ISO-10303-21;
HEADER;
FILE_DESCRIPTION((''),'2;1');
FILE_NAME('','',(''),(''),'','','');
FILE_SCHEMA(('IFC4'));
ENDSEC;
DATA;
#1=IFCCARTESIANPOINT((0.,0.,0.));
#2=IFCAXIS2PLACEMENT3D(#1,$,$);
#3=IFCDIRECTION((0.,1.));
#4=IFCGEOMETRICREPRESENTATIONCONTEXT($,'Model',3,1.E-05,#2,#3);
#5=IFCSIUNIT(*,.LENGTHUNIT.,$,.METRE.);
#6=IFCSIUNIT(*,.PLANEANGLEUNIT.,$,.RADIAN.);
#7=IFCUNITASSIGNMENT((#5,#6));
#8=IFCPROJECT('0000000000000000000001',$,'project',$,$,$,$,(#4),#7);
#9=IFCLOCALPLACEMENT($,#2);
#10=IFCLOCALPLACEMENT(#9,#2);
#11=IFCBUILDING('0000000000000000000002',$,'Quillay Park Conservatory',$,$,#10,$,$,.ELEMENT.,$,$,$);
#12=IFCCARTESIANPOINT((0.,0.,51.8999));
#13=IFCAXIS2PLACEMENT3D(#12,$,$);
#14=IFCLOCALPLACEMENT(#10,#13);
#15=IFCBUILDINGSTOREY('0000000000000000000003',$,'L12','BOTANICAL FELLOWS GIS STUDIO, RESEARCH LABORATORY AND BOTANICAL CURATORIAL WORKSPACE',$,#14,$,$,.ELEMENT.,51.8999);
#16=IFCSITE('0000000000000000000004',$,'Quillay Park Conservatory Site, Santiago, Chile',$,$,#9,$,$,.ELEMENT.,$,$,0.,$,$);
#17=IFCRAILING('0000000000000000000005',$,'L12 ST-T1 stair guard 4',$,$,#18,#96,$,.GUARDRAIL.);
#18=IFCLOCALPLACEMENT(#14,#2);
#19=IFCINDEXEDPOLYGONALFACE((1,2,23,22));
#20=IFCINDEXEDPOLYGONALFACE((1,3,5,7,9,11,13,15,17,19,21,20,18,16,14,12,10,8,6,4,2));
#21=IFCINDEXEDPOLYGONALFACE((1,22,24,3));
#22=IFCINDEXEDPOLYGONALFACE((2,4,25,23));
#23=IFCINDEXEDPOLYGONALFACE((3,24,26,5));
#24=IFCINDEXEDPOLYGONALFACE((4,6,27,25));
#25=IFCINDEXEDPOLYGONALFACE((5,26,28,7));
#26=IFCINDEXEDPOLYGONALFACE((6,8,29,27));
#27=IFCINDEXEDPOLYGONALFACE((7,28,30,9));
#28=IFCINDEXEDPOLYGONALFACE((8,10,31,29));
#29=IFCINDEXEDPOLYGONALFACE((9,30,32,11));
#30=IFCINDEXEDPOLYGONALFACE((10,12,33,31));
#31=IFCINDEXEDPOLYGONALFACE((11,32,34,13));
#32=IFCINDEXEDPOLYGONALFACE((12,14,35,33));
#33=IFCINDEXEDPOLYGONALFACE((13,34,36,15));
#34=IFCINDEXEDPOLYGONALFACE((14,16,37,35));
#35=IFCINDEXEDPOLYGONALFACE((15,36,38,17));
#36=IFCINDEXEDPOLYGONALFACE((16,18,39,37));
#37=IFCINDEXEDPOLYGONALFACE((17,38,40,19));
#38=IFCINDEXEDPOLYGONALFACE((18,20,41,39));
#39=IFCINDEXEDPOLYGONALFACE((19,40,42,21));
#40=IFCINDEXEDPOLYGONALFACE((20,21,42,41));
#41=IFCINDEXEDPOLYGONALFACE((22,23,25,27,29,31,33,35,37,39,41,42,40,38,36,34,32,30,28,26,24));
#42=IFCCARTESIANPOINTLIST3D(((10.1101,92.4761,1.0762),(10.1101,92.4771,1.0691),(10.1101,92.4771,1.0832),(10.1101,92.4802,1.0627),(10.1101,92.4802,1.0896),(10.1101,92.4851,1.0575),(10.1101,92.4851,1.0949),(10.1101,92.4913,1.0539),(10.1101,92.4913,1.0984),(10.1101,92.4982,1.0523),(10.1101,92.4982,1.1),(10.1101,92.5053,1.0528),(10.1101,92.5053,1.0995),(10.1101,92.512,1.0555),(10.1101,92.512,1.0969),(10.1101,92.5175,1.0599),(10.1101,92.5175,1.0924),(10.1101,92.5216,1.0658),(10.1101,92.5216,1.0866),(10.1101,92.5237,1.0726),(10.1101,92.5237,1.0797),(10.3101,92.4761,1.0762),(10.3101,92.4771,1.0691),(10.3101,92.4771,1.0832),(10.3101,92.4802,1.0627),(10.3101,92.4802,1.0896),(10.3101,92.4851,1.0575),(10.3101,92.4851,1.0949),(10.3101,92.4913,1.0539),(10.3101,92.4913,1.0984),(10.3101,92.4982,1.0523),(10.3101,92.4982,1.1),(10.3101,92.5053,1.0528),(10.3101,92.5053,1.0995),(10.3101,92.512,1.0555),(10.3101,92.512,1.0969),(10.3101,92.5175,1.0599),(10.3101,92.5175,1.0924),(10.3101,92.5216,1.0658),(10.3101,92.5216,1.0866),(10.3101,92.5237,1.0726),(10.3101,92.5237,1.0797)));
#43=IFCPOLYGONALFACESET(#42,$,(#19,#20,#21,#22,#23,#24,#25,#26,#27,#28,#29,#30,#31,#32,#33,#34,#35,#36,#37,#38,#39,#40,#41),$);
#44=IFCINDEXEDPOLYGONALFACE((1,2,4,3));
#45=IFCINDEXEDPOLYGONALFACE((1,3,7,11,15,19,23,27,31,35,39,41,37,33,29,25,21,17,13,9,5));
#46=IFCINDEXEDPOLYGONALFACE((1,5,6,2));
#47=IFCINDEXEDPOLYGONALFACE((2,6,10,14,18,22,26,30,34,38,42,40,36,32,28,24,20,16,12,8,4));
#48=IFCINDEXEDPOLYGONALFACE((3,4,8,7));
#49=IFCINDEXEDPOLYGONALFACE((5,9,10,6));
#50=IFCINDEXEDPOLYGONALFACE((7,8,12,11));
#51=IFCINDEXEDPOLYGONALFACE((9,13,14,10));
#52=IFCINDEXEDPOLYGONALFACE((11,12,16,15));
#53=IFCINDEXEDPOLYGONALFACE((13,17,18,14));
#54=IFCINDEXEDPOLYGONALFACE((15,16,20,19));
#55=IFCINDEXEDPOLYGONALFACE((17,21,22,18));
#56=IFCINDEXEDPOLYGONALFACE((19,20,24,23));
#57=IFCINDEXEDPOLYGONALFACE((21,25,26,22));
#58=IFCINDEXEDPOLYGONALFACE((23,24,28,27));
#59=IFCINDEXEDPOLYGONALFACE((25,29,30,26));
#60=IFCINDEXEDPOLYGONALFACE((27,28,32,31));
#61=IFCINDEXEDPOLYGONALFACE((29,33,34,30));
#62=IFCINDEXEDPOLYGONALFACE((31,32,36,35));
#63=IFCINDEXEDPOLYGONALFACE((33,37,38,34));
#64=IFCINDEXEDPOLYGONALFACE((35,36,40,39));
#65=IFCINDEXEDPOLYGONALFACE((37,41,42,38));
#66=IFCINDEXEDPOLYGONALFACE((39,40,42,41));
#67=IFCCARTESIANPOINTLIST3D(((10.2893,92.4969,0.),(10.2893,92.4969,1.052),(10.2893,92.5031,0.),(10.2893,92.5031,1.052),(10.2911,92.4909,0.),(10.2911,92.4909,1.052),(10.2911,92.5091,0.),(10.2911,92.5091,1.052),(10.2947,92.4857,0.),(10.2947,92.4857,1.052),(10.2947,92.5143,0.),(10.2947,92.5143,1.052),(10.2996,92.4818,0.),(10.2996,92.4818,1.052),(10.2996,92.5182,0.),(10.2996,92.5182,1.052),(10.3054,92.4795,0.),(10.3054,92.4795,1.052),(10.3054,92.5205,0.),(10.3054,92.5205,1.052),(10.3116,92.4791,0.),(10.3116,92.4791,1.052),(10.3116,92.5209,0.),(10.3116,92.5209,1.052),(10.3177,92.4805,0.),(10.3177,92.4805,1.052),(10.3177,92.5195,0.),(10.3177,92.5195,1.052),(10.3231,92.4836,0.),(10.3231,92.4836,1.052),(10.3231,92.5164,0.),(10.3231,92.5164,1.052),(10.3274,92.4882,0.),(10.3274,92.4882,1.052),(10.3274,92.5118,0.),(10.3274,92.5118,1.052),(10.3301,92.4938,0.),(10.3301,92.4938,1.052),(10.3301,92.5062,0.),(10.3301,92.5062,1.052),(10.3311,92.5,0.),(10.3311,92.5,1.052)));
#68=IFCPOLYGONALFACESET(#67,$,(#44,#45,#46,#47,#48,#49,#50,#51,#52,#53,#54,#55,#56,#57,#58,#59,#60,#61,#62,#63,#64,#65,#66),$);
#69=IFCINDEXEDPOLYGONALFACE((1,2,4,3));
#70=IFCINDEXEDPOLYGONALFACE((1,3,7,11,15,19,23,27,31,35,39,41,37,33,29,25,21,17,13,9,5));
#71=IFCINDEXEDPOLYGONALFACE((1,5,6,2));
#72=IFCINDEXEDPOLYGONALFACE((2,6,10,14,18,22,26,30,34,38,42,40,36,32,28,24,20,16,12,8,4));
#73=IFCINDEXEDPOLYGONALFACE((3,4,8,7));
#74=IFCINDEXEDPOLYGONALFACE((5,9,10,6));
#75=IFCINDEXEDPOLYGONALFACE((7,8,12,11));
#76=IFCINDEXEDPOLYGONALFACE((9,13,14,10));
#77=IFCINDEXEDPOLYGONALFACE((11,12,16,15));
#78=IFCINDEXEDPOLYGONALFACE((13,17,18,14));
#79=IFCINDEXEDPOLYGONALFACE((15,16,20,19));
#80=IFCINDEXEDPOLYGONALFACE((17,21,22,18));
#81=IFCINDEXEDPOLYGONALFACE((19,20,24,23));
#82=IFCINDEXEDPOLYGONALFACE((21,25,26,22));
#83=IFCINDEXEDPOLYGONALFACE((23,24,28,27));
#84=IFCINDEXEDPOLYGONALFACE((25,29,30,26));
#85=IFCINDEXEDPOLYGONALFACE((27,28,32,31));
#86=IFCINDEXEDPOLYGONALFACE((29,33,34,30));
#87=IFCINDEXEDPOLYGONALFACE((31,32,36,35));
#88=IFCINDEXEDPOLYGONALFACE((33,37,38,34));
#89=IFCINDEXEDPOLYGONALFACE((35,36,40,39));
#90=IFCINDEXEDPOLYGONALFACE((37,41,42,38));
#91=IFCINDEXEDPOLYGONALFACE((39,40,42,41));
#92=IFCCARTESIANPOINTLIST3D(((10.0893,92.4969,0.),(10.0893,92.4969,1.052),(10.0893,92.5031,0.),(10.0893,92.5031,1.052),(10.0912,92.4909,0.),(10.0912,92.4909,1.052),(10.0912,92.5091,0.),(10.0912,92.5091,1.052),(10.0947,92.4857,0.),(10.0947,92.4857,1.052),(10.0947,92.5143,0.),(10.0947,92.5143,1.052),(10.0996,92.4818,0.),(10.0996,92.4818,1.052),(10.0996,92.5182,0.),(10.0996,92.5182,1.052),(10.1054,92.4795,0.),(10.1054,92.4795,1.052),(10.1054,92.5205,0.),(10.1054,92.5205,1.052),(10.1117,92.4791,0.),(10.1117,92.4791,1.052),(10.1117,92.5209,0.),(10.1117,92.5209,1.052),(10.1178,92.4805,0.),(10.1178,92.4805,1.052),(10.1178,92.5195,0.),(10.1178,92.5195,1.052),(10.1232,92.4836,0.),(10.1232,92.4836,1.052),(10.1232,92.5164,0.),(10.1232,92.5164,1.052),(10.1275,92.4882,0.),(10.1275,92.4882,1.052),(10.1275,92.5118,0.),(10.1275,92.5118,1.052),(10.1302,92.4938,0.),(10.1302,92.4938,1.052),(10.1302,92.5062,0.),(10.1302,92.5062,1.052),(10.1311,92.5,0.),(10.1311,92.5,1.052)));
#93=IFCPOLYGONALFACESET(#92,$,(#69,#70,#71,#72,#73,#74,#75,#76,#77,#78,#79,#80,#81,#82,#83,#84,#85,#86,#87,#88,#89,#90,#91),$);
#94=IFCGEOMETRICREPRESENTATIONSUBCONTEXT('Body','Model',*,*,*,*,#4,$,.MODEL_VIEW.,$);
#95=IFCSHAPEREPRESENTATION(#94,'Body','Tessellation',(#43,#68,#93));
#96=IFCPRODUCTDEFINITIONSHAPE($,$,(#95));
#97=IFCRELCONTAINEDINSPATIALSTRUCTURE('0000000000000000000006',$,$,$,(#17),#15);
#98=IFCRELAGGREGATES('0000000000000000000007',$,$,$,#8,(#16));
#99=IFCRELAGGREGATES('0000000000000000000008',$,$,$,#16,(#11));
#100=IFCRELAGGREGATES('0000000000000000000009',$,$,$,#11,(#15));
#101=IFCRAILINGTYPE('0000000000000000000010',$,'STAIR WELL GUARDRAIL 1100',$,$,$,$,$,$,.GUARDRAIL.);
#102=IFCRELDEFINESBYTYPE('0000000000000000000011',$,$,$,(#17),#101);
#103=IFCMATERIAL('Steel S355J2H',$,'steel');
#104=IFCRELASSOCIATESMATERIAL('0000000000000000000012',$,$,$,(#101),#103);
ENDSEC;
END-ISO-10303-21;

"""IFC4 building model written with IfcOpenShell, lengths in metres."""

from ifc_helpers import new_model, si_unit, direction, frame, origin, origin_2d, place, context, subcontext, project, spatial, circle, extrude, material, type_object, element, save


model = new_model("IFC4")

# Units and contexts
model_context = context("Model", 3, precision=1e-05, world=origin(), true_north=direction((0.0, 1.0)))
body_context = subcontext(model_context, "Body", "Model", "MODEL_VIEW")
ifc_project = project(units=[si_unit("LENGTHUNIT", "METRE"), si_unit("PLANEANGLEUNIT", "RADIAN")], contexts=[model_context])

# Site, building, storey
site_placement = place(None, origin())
site = spatial("IfcSite", under=ifc_project, at=site_placement, Name="Quillay Park Conservatory Site, Santiago, Chile", CompositionType="ELEMENT", RefElevation=0.0)
building_placement = place(site_placement, origin())
building = spatial("IfcBuilding", under=site, at=building_placement, Name="Quillay Park Conservatory", CompositionType="ELEMENT")
storey_placement = place(building_placement, frame((0.0, 0.0, 51.8999)))
storey = spatial("IfcBuildingStorey", under=building, at=storey_placement, Name="L12", Description="BOTANICAL FELLOWS GIS STUDIO, RESEARCH LABORATORY AND BOTANICAL CURATORIAL WORKSPACE", CompositionType="ELEMENT", Elevation=51.8999)

# Railing
ifc_material_1 = material(Name="Steel S355J2H", Category="steel")
railing_type_1 = type_object("IfcRailingType", Name="STAIR WELL GUARDRAIL 1100", PredefinedType="GUARDRAIL", material=ifc_material_1)
railing_1_placement = place(storey_placement, frame((10.3101, 92.5, 0.0)))
element("IfcRailing", 1, at=railing_1_placement, inside=storey, type_object=railing_type_1, Name="L12 ST-T1 stair guard 4", PredefinedType="GUARDRAIL", context=body_context, shape_type="SweptSolid", body=[
    extrude(circle(Radius=0.0239, at=origin_2d()), frame((0.0, 0.0, 1.0762), z_axis=(-1.0, 0.0, 0.0), x_axis=(0.0, -1.0, 0.0)), (0.0, 0.0, 1.0), 0.2),
    extrude(circle(Radius=0.021, at=origin_2d()), origin(), (0.0, 0.0, 1.0), 1.052),
    extrude(circle(Radius=0.021, at=origin_2d()), frame((-0.2, 0.0, 0.0)), (0.0, 0.0, 1.0), 1.052),
])

save(model, "model.ifc")
